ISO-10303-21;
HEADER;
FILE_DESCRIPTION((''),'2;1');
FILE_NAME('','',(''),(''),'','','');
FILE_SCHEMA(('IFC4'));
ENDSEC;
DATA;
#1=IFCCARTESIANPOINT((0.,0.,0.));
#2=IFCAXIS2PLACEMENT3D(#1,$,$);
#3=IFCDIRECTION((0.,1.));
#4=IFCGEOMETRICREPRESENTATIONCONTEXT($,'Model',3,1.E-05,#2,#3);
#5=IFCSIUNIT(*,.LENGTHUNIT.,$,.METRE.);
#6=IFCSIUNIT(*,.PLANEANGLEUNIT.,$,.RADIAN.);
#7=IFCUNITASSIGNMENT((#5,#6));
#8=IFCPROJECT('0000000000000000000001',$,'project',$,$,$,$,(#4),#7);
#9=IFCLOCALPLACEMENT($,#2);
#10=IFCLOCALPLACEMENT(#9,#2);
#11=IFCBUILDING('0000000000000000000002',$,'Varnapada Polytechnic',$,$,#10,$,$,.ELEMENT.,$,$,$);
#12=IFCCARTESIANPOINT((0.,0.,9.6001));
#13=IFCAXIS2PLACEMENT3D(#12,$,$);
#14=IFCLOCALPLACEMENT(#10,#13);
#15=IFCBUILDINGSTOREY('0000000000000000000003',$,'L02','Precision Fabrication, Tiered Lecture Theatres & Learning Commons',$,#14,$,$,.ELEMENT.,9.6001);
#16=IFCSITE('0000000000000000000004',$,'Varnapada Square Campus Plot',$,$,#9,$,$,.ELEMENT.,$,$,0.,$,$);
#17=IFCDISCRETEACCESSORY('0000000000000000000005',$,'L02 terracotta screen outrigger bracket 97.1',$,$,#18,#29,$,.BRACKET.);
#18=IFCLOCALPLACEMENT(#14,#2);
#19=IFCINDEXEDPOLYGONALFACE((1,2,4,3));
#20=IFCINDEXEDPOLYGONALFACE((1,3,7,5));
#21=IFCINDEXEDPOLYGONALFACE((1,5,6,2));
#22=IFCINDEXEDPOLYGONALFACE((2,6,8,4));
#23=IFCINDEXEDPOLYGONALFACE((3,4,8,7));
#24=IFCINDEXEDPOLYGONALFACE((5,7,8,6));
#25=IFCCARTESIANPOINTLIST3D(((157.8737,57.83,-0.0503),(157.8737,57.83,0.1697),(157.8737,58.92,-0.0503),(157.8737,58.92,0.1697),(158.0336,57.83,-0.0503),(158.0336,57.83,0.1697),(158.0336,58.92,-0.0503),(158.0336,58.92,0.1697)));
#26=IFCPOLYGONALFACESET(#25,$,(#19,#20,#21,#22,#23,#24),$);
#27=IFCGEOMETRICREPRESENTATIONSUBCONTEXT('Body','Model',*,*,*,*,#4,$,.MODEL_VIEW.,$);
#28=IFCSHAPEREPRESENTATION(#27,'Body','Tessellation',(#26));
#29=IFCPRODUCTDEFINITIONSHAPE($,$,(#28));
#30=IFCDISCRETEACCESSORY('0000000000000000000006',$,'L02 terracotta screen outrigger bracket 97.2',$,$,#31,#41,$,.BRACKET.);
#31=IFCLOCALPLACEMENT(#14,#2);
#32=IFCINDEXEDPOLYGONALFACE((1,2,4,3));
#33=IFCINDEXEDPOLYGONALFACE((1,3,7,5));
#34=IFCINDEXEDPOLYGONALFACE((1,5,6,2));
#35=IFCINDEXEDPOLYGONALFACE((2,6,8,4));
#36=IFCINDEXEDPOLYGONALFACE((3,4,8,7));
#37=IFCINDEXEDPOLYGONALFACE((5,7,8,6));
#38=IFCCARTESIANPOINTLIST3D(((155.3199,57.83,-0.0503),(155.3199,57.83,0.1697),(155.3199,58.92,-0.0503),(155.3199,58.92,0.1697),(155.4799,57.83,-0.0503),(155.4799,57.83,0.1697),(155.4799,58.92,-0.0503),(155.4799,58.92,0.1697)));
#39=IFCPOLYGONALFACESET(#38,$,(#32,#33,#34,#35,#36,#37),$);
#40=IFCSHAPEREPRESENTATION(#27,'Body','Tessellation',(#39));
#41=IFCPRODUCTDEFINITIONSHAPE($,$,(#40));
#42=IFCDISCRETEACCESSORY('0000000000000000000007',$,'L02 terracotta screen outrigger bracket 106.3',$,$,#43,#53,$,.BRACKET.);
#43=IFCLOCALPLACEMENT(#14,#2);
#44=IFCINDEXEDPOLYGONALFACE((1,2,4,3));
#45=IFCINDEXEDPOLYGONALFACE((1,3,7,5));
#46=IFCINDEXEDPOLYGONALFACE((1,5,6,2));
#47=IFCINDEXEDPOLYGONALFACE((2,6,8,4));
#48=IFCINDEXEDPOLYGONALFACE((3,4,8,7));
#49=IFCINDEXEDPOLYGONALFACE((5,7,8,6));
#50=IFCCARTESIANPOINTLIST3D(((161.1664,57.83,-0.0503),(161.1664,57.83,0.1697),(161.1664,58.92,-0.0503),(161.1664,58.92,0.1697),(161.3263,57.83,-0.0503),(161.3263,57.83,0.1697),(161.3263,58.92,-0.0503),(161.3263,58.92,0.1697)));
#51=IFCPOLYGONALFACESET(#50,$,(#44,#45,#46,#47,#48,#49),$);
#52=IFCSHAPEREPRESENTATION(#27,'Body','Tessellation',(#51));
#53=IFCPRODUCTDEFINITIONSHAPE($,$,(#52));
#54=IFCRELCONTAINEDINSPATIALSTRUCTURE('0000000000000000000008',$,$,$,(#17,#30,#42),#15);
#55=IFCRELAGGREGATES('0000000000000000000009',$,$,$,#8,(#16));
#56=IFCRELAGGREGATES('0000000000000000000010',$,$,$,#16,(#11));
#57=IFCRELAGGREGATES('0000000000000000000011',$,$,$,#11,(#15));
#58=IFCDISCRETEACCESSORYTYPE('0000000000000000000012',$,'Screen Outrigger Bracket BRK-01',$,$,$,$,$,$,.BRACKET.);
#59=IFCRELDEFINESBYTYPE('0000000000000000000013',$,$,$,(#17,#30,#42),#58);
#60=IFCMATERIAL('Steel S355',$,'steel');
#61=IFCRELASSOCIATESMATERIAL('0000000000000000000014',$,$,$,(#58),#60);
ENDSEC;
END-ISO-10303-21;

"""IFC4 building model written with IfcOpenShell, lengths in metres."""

from ifc_helpers import new_model, si_unit, direction, frame, origin, origin_2d, place, context, subcontext, project, spatial, rectangle, extrude, material, type_object, element, save


model = new_model("IFC4")

# Units and contexts
model_context = context("Model", 3, precision=1e-05, world=origin(), true_north=direction((0.0, 1.0)))
body_context = subcontext(model_context, "Body", "Model", "MODEL_VIEW")
ifc_project = project(units=[si_unit("LENGTHUNIT", "METRE"), si_unit("PLANEANGLEUNIT", "RADIAN")], contexts=[model_context])

# Site, building, storey
site_placement = place(None, origin())
site = spatial("IfcSite", under=ifc_project, at=site_placement, Name="Varnapada Square Campus Plot", CompositionType="ELEMENT", RefElevation=0.0)
building_placement = place(site_placement, origin())
building = spatial("IfcBuilding", under=site, at=building_placement, Name="Varnapada Polytechnic", CompositionType="ELEMENT")
storey_placement = place(building_placement, frame((0.0, 0.0, 9.6001)))
storey = spatial("IfcBuildingStorey", under=building, at=storey_placement, Name="L02", Description="Precision Fabrication, Tiered Lecture Theatres & Learning Commons", CompositionType="ELEMENT", Elevation=9.6001)

# Discrete accessories
ifc_material_1 = material(Name="Steel S355", Category="steel")
discrete_accessory_type = type_object("IfcDiscreteAccessoryType", Name="Screen Outrigger Bracket BRK-01", PredefinedType="BRACKET", material=ifc_material_1)
for number, where, z_axis, x_axis, name in (
    (1, (157.9536, 58.375, -0.0503), (0.0, 0.0, 1.0), (-1.0, 0.0, 0.0), "L02 terracotta screen outrigger bracket 97.1"),
    (2, (155.3999, 58.375, -0.0503), (0.0, 0.0, 1.0), (-1.0, 0.0, 0.0), "L02 terracotta screen outrigger bracket 97.2"),
    (3, (161.2463, 58.375, -0.0503), (0.0, 0.0, 1.0), (-1.0, 0.0, 0.0), "L02 terracotta screen outrigger bracket 106.3"),
):
    element("IfcDiscreteAccessory", number, at=place(storey_placement, frame(where, z_axis=z_axis, x_axis=x_axis)), inside=storey, type_object=discrete_accessory_type, Name=name, PredefinedType="BRACKET", context=body_context, shape_type="SweptSolid", body=[
        extrude(rectangle(XDim=0.1599, YDim=1.0901, at=origin_2d()), origin(), (0.0, 0.0, 1.0), 0.22),
    ])

save(model, "model.ifc")
